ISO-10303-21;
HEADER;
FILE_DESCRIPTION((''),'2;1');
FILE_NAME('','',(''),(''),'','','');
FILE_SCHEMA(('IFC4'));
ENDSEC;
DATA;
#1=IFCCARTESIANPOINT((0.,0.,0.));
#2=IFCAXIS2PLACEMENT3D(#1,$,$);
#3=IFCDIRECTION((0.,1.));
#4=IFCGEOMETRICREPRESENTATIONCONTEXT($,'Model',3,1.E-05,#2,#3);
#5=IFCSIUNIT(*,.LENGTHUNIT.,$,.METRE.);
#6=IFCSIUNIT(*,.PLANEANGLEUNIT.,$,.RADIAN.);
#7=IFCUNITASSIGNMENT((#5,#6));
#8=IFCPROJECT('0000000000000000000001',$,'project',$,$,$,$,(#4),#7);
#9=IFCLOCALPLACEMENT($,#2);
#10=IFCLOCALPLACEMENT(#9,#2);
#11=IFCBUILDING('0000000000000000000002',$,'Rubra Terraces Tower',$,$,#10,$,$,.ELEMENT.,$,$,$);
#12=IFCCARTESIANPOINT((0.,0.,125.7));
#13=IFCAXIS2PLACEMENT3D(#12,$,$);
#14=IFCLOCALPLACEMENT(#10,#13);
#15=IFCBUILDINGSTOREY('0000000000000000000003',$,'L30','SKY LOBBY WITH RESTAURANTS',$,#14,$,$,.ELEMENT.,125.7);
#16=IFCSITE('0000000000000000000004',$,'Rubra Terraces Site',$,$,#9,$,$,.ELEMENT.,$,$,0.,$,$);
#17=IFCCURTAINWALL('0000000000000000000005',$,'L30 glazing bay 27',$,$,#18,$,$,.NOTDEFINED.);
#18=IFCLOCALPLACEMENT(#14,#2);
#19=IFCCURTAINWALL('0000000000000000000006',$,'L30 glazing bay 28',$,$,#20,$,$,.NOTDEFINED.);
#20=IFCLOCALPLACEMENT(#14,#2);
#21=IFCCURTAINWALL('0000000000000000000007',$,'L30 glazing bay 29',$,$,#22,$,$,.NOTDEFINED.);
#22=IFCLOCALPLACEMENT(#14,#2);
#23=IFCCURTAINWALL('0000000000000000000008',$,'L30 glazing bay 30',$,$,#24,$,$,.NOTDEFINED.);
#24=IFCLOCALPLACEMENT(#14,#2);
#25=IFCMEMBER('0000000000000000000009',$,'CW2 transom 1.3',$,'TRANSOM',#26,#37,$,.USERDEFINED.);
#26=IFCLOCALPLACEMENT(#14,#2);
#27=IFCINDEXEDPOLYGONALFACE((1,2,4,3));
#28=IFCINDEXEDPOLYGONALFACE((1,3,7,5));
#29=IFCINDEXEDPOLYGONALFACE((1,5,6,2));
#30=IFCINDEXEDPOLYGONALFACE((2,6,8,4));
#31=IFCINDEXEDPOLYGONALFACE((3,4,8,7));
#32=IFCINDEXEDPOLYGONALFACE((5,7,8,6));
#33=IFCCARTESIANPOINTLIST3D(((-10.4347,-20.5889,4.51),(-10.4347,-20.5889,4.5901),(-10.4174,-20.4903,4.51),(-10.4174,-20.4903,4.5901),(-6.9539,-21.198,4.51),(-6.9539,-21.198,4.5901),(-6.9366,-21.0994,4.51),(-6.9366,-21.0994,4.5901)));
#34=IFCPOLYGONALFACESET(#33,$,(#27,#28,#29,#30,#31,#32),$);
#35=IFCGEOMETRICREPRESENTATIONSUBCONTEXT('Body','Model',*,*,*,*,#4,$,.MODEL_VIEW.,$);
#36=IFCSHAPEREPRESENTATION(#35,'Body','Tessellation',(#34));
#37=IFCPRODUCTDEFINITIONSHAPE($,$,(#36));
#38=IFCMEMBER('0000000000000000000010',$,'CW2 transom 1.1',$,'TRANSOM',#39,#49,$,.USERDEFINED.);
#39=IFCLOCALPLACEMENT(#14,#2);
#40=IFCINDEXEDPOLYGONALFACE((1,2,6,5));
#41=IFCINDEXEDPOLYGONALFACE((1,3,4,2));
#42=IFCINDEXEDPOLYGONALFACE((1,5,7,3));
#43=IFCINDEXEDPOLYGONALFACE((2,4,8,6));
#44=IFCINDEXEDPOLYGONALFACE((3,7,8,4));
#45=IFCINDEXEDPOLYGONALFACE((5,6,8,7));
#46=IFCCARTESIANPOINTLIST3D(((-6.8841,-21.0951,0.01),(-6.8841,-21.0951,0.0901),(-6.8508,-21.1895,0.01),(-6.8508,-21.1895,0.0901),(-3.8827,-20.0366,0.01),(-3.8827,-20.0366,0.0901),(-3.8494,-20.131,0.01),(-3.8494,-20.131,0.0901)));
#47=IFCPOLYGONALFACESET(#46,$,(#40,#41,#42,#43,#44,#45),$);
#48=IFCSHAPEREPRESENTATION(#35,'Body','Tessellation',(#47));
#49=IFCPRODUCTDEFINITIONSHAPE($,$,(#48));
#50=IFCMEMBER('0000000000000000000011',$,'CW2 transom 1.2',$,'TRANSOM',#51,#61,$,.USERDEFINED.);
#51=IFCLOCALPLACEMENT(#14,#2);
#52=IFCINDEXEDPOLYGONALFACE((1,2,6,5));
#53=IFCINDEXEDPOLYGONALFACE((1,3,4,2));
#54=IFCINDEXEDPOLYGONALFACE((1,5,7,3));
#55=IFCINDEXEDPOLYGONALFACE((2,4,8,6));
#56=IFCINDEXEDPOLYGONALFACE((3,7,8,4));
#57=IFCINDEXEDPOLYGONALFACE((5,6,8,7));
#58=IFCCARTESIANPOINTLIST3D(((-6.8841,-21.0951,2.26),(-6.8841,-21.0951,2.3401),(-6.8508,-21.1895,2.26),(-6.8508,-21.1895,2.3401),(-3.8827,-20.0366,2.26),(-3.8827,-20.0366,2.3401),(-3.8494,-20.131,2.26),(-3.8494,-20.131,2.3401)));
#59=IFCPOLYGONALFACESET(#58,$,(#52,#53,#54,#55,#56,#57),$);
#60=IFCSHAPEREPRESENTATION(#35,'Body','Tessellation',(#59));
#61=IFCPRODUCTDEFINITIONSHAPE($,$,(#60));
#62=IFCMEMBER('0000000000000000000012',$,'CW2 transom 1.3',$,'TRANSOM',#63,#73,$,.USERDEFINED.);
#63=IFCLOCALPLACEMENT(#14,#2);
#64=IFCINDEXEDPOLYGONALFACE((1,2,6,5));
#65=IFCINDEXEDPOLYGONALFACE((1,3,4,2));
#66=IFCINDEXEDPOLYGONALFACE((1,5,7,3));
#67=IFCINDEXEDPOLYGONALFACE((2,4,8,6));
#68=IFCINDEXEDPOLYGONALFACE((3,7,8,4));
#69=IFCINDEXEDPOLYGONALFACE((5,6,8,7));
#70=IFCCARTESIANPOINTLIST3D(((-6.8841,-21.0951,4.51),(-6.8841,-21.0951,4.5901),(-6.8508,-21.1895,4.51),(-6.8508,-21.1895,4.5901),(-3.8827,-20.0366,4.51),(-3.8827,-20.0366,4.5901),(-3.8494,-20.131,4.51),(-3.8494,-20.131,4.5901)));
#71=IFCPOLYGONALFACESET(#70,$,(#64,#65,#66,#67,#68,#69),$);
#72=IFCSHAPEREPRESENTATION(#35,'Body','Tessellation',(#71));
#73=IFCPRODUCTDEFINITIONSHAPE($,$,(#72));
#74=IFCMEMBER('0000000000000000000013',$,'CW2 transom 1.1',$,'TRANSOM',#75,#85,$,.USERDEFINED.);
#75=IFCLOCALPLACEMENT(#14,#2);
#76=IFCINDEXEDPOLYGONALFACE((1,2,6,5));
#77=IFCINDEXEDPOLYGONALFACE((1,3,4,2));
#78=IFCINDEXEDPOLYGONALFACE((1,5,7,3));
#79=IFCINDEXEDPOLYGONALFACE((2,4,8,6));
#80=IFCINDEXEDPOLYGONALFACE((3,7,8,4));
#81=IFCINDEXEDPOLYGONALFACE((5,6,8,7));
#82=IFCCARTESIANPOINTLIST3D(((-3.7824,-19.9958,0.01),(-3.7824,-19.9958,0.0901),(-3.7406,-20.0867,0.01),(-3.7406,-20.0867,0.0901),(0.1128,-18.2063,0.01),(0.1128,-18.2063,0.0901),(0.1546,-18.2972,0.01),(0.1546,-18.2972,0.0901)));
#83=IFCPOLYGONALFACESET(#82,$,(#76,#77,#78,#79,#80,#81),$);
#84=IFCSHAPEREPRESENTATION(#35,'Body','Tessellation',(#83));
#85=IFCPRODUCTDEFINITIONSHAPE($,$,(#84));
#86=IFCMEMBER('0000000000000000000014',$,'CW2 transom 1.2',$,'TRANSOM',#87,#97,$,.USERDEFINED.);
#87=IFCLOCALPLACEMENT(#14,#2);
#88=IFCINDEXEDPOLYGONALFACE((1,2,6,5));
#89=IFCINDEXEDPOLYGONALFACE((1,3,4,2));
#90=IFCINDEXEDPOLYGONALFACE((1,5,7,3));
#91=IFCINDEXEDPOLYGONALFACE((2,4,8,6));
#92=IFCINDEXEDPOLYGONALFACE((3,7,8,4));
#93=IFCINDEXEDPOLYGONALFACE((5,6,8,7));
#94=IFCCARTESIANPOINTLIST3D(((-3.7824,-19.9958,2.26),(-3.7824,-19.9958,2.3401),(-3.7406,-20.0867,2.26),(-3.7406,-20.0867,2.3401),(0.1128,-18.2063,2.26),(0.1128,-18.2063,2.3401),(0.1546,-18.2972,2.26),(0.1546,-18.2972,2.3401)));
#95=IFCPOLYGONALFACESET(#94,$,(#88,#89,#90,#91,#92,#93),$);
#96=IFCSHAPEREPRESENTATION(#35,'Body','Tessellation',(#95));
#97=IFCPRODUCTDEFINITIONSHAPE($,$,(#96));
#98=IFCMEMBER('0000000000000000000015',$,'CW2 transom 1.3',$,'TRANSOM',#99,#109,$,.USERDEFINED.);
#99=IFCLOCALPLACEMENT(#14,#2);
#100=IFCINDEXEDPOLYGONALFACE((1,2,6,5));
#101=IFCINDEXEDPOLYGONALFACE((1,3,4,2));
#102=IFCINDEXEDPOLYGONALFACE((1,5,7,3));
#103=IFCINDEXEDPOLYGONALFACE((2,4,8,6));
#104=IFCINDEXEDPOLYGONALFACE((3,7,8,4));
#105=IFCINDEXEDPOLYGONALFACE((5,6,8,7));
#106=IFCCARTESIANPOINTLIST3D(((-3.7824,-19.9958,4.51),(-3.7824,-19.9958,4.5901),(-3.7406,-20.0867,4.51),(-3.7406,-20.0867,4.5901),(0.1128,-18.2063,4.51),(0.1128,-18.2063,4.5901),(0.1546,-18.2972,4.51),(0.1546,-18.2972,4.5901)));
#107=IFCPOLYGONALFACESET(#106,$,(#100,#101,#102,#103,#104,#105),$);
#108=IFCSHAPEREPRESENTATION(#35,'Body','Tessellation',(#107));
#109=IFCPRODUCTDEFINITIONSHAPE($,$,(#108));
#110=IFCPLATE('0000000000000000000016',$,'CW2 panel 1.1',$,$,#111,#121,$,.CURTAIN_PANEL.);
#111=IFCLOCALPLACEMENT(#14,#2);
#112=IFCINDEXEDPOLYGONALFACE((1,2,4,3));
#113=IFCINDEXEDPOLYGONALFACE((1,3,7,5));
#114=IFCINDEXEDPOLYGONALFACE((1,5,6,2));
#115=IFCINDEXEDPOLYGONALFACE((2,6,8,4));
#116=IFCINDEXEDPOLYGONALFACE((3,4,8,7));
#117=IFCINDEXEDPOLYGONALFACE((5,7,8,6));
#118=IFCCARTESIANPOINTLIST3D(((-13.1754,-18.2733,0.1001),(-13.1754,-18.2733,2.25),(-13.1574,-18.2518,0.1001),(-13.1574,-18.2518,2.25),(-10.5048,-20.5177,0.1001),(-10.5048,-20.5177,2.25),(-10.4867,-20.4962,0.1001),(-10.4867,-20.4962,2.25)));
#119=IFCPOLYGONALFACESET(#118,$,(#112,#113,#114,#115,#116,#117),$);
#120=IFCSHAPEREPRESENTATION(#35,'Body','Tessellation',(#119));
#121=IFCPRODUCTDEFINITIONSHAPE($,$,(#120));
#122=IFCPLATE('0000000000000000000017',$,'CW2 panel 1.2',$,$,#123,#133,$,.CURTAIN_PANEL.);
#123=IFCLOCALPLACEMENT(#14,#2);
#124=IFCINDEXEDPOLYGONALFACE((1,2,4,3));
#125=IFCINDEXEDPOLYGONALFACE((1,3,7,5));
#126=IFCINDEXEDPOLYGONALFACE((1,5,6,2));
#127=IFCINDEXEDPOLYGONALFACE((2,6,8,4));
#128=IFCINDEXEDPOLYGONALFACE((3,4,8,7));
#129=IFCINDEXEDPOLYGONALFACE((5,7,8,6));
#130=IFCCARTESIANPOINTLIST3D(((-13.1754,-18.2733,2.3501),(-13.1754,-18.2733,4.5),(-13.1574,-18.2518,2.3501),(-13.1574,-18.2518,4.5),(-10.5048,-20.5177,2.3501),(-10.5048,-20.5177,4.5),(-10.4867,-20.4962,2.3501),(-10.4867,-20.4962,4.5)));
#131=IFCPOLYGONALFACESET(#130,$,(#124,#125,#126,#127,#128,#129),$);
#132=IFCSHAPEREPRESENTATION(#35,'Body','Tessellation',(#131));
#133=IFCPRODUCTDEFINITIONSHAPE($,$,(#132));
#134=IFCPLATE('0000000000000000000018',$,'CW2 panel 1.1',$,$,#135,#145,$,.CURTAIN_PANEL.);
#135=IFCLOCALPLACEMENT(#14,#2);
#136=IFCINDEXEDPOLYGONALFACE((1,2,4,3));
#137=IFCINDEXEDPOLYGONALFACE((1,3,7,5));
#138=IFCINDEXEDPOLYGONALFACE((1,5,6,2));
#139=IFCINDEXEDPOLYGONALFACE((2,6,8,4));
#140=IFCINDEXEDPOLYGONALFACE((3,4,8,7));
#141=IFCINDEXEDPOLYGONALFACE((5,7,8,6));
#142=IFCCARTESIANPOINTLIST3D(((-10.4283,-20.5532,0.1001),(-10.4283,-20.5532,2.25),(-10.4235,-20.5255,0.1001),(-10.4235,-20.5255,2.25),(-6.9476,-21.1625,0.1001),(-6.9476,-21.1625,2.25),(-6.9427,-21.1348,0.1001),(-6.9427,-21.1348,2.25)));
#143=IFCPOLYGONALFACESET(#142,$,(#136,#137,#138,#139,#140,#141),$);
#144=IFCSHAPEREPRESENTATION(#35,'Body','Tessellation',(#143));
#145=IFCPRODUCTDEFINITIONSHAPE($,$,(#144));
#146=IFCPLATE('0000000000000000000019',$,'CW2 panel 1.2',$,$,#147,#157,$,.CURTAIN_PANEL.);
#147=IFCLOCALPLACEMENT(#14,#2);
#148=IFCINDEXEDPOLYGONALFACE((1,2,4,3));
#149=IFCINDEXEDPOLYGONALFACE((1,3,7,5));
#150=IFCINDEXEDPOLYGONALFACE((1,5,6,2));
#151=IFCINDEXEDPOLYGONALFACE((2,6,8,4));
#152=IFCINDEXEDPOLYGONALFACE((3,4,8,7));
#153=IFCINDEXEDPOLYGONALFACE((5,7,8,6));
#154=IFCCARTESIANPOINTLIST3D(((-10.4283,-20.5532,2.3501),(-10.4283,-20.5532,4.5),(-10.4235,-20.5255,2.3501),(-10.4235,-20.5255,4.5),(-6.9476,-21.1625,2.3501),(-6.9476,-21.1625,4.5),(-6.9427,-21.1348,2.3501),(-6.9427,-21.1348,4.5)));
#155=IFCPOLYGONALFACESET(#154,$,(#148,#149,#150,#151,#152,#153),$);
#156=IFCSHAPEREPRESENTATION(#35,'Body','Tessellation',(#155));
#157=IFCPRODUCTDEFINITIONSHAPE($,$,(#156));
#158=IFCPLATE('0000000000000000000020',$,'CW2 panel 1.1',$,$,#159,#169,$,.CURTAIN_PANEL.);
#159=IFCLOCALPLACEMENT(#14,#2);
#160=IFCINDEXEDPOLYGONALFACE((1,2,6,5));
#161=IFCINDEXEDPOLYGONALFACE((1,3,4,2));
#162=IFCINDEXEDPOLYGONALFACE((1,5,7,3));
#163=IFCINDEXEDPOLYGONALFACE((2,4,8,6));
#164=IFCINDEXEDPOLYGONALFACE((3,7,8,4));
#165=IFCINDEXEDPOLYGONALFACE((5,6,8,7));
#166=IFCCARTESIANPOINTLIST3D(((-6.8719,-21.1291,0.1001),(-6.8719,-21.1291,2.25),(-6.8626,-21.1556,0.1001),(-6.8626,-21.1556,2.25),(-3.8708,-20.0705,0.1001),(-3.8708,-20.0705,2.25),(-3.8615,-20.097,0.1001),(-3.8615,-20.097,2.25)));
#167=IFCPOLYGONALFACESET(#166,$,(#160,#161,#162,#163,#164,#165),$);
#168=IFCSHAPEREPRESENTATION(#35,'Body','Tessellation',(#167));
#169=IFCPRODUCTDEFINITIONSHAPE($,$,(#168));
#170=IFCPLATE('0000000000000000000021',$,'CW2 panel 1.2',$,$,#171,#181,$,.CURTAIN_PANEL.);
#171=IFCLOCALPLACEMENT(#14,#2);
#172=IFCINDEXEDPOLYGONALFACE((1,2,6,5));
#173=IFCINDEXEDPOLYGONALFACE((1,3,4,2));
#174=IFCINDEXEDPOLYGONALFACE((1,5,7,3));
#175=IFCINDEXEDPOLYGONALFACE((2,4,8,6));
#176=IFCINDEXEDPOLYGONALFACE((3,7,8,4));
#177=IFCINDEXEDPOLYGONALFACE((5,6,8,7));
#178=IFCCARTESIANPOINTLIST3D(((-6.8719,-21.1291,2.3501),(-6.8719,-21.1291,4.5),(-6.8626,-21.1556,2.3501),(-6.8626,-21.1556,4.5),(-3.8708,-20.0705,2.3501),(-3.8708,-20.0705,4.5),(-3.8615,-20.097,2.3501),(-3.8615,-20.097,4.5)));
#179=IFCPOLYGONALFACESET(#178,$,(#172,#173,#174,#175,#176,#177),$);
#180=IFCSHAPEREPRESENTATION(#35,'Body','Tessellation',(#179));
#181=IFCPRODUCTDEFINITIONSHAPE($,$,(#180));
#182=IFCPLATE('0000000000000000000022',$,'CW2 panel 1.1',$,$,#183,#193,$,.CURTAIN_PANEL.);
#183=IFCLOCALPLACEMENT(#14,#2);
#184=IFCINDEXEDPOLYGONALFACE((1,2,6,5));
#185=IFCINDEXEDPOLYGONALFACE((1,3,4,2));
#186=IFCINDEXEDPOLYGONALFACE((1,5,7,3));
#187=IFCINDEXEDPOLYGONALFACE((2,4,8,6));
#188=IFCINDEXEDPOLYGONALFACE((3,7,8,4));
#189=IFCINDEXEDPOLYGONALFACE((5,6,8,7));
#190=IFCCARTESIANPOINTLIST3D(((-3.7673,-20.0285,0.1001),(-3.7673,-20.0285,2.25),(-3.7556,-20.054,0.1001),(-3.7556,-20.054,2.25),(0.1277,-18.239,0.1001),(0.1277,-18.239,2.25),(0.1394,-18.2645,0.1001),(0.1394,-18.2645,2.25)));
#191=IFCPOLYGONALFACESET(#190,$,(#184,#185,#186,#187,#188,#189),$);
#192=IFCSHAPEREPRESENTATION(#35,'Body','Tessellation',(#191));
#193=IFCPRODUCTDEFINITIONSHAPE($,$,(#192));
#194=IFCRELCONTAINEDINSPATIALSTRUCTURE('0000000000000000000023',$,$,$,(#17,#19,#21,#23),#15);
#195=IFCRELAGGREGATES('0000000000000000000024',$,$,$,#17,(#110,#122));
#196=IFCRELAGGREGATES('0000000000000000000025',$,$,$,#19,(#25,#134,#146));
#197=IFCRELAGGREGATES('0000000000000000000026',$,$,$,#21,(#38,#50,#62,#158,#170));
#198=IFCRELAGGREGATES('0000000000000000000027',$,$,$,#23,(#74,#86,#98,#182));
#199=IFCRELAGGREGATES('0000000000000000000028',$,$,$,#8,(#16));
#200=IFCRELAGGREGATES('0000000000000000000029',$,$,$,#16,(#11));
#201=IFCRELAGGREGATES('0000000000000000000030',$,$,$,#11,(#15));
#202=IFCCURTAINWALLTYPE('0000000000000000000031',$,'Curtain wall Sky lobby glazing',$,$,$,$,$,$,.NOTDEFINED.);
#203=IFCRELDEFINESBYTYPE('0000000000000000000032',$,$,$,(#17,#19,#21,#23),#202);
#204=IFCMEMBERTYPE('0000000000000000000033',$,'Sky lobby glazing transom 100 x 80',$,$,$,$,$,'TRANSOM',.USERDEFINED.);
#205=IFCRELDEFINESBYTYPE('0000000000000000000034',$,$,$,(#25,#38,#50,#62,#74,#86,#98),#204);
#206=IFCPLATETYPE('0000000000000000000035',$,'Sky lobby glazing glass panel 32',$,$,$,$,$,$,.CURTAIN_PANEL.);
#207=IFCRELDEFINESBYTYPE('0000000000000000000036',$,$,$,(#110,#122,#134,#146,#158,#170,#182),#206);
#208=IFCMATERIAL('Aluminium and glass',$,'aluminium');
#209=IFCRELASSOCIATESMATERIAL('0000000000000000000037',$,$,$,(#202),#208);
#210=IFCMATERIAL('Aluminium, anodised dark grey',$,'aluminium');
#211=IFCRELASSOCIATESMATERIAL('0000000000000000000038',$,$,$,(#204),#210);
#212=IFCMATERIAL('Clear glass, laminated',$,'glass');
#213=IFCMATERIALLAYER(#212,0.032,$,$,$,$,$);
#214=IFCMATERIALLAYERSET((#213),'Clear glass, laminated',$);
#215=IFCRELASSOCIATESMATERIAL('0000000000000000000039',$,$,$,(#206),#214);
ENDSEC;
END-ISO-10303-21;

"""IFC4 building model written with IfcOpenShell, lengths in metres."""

from ifc_helpers import new_model, si_unit, direction, frame, origin, origin_2d, place, context, subcontext, project, spatial, rectangle, extrude, material, layer, layer_set, material_profile, profile_set, type_object, element, aggregate, save


model = new_model("IFC4")

# Units and contexts
model_context = context("Model", 3, precision=1e-05, world=origin(), true_north=direction((0.0, 1.0)))
body_context = subcontext(model_context, "Body", "Model", "MODEL_VIEW")
ifc_project = project(units=[si_unit("LENGTHUNIT", "METRE"), si_unit("PLANEANGLEUNIT", "RADIAN")], contexts=[model_context])

# Site, building, storey
site_placement = place(None, origin())
site = spatial("IfcSite", under=ifc_project, at=site_placement, Name="Rubra Terraces Site", CompositionType="ELEMENT", RefElevation=0.0)
building_placement = place(site_placement, origin())
building = spatial("IfcBuilding", under=site, at=building_placement, Name="Rubra Terraces Tower", CompositionType="ELEMENT")
storey_placement = place(building_placement, frame((0.0, 0.0, 125.7)))
storey = spatial("IfcBuildingStorey", under=building, at=storey_placement, Name="L30", Description="SKY LOBBY WITH RESTAURANTS", CompositionType="ELEMENT", Elevation=125.7)

# Curtain walls
ifc_material_1 = material(Name="Aluminium and glass", Category="aluminium")
curtain_wall_type = type_object("IfcCurtainWallType", Name="Curtain wall Sky lobby glazing", PredefinedType="NOTDEFINED", material=ifc_material_1)
curtain_wall_1_placement = place(storey_placement, origin())
curtain_wall_1 = element("IfcCurtainWall", 1, at=curtain_wall_1_placement, inside=storey, type_object=curtain_wall_type, Name="L30 glazing bay 27", PredefinedType="NOTDEFINED")
ifc_material_2 = material(Name="Aluminium, anodised dark grey", Category="aluminium")
curtain_wall_2_placement = place(storey_placement, origin())
curtain_wall_2 = element("IfcCurtainWall", 2, at=curtain_wall_2_placement, inside=storey, type_object=curtain_wall_type, Name="L30 glazing bay 28", PredefinedType="NOTDEFINED")
curtain_wall_3_placement = place(storey_placement, origin())
curtain_wall_3 = element("IfcCurtainWall", 3, at=curtain_wall_3_placement, inside=storey, type_object=curtain_wall_type, Name="L30 glazing bay 29", PredefinedType="NOTDEFINED")
curtain_wall_4_placement = place(storey_placement, origin())
curtain_wall_4 = element("IfcCurtainWall", 4, at=curtain_wall_4_placement, inside=storey, type_object=curtain_wall_type, Name="L30 glazing bay 30", PredefinedType="NOTDEFINED")

# Members
ifc_material_profile_1 = material_profile(ifc_material_2, rectangle(XDim=0.1001, YDim=0.0801, at=origin_2d()), Name="AL 100x80")
ifc_profile_set_1 = profile_set([ifc_material_profile_1], Name="Aluminium, anodised dark grey")
member_type_1 = type_object("IfcMemberType", Name="Sky lobby glazing transom 100 x 80", ElementType="TRANSOM", PredefinedType="USERDEFINED", material=ifc_profile_set_1)
member_1_placement = place(storey_placement, frame((-10.426, -20.5396, 4.55), z_axis=(0.98503, -0.172382, 0.0), x_axis=(0.172382, 0.98503, 0.0)))
member_1 = element("IfcMember", 5, at=member_1_placement, type_object=member_type_1, Name="CW2 transom 1.3", ObjectType="TRANSOM", PredefinedType="USERDEFINED", context=body_context, shape_type="SweptSolid", body=[
    extrude(rectangle(XDim=0.1001, YDim=0.0801, at=origin_2d()), origin(), (0.0, 0.0, 1.0), 3.5337),
])
member_2_placement = place(storey_placement, frame((-6.8674, -21.1423, 0.05), z_axis=(0.943064, 0.332611, 0.0), x_axis=(-0.332611, 0.943064, 0.0)))
member_2 = element("IfcMember", 6, at=member_2_placement, type_object=member_type_1, Name="CW2 transom 1.1", ObjectType="TRANSOM", PredefinedType="USERDEFINED", context=body_context, shape_type="SweptSolid", body=[
    extrude(rectangle(XDim=0.1001, YDim=0.0801, at=origin_2d()), origin(), (0.0, 0.0, 1.0), 3.1826),
])
member_3_placement = place(storey_placement, frame((-6.8674, -21.1423, 2.3), z_axis=(0.943064, 0.332611, 0.0), x_axis=(-0.332611, 0.943064, 0.0)))
member_3 = element("IfcMember", 7, at=member_3_placement, type_object=member_type_1, Name="CW2 transom 1.2", ObjectType="TRANSOM", PredefinedType="USERDEFINED", context=body_context, shape_type="SweptSolid", body=[
    extrude(rectangle(XDim=0.1001, YDim=0.0801, at=origin_2d()), origin(), (0.0, 0.0, 1.0), 3.1826),
])
member_4_placement = place(storey_placement, frame((-6.8674, -21.1423, 4.55), z_axis=(0.943064, 0.332611, 0.0), x_axis=(-0.332611, 0.943064, 0.0)))
member_4 = element("IfcMember", 8, at=member_4_placement, type_object=member_type_1, Name="CW2 transom 1.3", ObjectType="TRANSOM", PredefinedType="USERDEFINED", context=body_context, shape_type="SweptSolid", body=[
    extrude(rectangle(XDim=0.1001, YDim=0.0801, at=origin_2d()), origin(), (0.0, 0.0, 1.0), 3.1826),
])
member_5_placement = place(storey_placement, frame((-3.7615, -20.0413, 0.05), z_axis=(0.908691, 0.417468, 0.0), x_axis=(-0.417468, 0.908691, 0.0)))
member_5 = element("IfcMember", 9, at=member_5_placement, type_object=member_type_1, Name="CW2 transom 1.1", ObjectType="TRANSOM", PredefinedType="USERDEFINED", context=body_context, shape_type="SweptSolid", body=[
    extrude(rectangle(XDim=0.1001, YDim=0.0801, at=origin_2d()), origin(), (0.0, 0.0, 1.0), 4.2866),
])
member_6_placement = place(storey_placement, frame((-3.7615, -20.0413, 2.3), z_axis=(0.908691, 0.417468, 0.0), x_axis=(-0.417468, 0.908691, 0.0)))
member_6 = element("IfcMember", 10, at=member_6_placement, type_object=member_type_1, Name="CW2 transom 1.2", ObjectType="TRANSOM", PredefinedType="USERDEFINED", context=body_context, shape_type="SweptSolid", body=[
    extrude(rectangle(XDim=0.1001, YDim=0.0801, at=origin_2d()), origin(), (0.0, 0.0, 1.0), 4.2866),
])
member_7_placement = place(storey_placement, frame((-3.7615, -20.0413, 4.55), z_axis=(0.908691, 0.417468, 0.0), x_axis=(-0.417468, 0.908691, 0.0)))
member_7 = element("IfcMember", 11, at=member_7_placement, type_object=member_type_1, Name="CW2 transom 1.3", ObjectType="TRANSOM", PredefinedType="USERDEFINED", context=body_context, shape_type="SweptSolid", body=[
    extrude(rectangle(XDim=0.1001, YDim=0.0801, at=origin_2d()), origin(), (0.0, 0.0, 1.0), 4.2866),
])

# Plates
ifc_material_3 = material(Name="Clear glass, laminated", Category="glass")
ifc_layer_1 = layer(ifc_material_3, 0.032)
ifc_layer_set_1 = layer_set([ifc_layer_1], Name="Clear glass, laminated")
plate_type = type_object("IfcPlateType", Name="Sky lobby glazing glass panel 32", PredefinedType="CURTAIN_PANEL", material=ifc_layer_set_1)
plate_1_placement = place(storey_placement, frame((-11.8311, -19.3848, 0.1001), z_axis=(0.0, 0.0, 1.0), x_axis=(0.765555, -0.643371, 0.0)))
plate_1 = element("IfcPlate", 12, at=plate_1_placement, type_object=plate_type, Name="CW2 panel 1.1", PredefinedType="CURTAIN_PANEL", context=body_context, shape_type="SweptSolid", body=[
    extrude(rectangle(XDim=3.4885, YDim=0.0281, at=origin_2d()), origin(), (0.0, 0.0, 1.0), 2.1499),
])
plate_2_placement = place(storey_placement, frame((-11.8311, -19.3848, 2.3501), z_axis=(0.0, 0.0, 1.0), x_axis=(0.765555, -0.643371, 0.0)))
plate_2 = element("IfcPlate", 13, at=plate_2_placement, type_object=plate_type, Name="CW2 panel 1.2", PredefinedType="CURTAIN_PANEL", context=body_context, shape_type="SweptSolid", body=[
    extrude(rectangle(XDim=3.4885, YDim=0.0281, at=origin_2d()), origin(), (0.0, 0.0, 1.0), 2.1499),
])
aggregate(curtain_wall_1, [plate_1, plate_2])
plate_3_placement = place(storey_placement, frame((-8.6855, -20.844, 0.1001), z_axis=(0.0, 0.0, 1.0), x_axis=(0.985022, -0.172427, 0.0)))
plate_3 = element("IfcPlate", 14, at=plate_3_placement, type_object=plate_type, Name="CW2 panel 1.1", PredefinedType="CURTAIN_PANEL", context=body_context, shape_type="SweptSolid", body=[
    extrude(rectangle(XDim=3.5337, YDim=0.0281, at=origin_2d()), origin(), (0.0, 0.0, 1.0), 2.1499),
])
plate_4_placement = place(storey_placement, frame((-8.6855, -20.844, 2.3501), z_axis=(0.0, 0.0, 1.0), x_axis=(0.985022, -0.172427, 0.0)))
plate_4 = element("IfcPlate", 15, at=plate_4_placement, type_object=plate_type, Name="CW2 panel 1.2", PredefinedType="CURTAIN_PANEL", context=body_context, shape_type="SweptSolid", body=[
    extrude(rectangle(XDim=3.5337, YDim=0.0281, at=origin_2d()), origin(), (0.0, 0.0, 1.0), 2.1499),
])
aggregate(curtain_wall_2, [member_1, plate_3, plate_4])
plate_5_placement = place(storey_placement, frame((-5.3667, -20.613, 0.1001), z_axis=(0.0, 0.0, 1.0), x_axis=(0.943047, 0.332659, 0.0)))
plate_5 = element("IfcPlate", 16, at=plate_5_placement, type_object=plate_type, Name="CW2 panel 1.1", PredefinedType="CURTAIN_PANEL", context=body_context, shape_type="SweptSolid", body=[
    extrude(rectangle(XDim=3.1824, YDim=0.0281, at=origin_2d()), origin(), (0.0, 0.0, 1.0), 2.1499),
])
plate_6_placement = place(storey_placement, frame((-5.3667, -20.613, 2.3501), z_axis=(0.0, 0.0, 1.0), x_axis=(0.943047, 0.332659, 0.0)))
plate_6 = element("IfcPlate", 17, at=plate_6_placement, type_object=plate_type, Name="CW2 panel 1.2", PredefinedType="CURTAIN_PANEL", context=body_context, shape_type="SweptSolid", body=[
    extrude(rectangle(XDim=3.1824, YDim=0.0281, at=origin_2d()), origin(), (0.0, 0.0, 1.0), 2.1499),
])
aggregate(curtain_wall_3, [member_2, member_3, member_4, plate_5, plate_6])
plate_7_placement = place(storey_placement, frame((-1.814, -19.1465, 0.1001), z_axis=(0.0, 0.0, 1.0), x_axis=(0.908687, 0.417477, 0.0)))
plate_7 = element("IfcPlate", 18, at=plate_7_placement, type_object=plate_type, Name="CW2 panel 1.1", PredefinedType="CURTAIN_PANEL", context=body_context, shape_type="SweptSolid", body=[
    extrude(rectangle(XDim=4.2864, YDim=0.0281, at=origin_2d()), origin(), (0.0, 0.0, 1.0), 2.1499),
])
aggregate(curtain_wall_4, [member_5, member_6, member_7, plate_7])

save(model, "model.ifc")
